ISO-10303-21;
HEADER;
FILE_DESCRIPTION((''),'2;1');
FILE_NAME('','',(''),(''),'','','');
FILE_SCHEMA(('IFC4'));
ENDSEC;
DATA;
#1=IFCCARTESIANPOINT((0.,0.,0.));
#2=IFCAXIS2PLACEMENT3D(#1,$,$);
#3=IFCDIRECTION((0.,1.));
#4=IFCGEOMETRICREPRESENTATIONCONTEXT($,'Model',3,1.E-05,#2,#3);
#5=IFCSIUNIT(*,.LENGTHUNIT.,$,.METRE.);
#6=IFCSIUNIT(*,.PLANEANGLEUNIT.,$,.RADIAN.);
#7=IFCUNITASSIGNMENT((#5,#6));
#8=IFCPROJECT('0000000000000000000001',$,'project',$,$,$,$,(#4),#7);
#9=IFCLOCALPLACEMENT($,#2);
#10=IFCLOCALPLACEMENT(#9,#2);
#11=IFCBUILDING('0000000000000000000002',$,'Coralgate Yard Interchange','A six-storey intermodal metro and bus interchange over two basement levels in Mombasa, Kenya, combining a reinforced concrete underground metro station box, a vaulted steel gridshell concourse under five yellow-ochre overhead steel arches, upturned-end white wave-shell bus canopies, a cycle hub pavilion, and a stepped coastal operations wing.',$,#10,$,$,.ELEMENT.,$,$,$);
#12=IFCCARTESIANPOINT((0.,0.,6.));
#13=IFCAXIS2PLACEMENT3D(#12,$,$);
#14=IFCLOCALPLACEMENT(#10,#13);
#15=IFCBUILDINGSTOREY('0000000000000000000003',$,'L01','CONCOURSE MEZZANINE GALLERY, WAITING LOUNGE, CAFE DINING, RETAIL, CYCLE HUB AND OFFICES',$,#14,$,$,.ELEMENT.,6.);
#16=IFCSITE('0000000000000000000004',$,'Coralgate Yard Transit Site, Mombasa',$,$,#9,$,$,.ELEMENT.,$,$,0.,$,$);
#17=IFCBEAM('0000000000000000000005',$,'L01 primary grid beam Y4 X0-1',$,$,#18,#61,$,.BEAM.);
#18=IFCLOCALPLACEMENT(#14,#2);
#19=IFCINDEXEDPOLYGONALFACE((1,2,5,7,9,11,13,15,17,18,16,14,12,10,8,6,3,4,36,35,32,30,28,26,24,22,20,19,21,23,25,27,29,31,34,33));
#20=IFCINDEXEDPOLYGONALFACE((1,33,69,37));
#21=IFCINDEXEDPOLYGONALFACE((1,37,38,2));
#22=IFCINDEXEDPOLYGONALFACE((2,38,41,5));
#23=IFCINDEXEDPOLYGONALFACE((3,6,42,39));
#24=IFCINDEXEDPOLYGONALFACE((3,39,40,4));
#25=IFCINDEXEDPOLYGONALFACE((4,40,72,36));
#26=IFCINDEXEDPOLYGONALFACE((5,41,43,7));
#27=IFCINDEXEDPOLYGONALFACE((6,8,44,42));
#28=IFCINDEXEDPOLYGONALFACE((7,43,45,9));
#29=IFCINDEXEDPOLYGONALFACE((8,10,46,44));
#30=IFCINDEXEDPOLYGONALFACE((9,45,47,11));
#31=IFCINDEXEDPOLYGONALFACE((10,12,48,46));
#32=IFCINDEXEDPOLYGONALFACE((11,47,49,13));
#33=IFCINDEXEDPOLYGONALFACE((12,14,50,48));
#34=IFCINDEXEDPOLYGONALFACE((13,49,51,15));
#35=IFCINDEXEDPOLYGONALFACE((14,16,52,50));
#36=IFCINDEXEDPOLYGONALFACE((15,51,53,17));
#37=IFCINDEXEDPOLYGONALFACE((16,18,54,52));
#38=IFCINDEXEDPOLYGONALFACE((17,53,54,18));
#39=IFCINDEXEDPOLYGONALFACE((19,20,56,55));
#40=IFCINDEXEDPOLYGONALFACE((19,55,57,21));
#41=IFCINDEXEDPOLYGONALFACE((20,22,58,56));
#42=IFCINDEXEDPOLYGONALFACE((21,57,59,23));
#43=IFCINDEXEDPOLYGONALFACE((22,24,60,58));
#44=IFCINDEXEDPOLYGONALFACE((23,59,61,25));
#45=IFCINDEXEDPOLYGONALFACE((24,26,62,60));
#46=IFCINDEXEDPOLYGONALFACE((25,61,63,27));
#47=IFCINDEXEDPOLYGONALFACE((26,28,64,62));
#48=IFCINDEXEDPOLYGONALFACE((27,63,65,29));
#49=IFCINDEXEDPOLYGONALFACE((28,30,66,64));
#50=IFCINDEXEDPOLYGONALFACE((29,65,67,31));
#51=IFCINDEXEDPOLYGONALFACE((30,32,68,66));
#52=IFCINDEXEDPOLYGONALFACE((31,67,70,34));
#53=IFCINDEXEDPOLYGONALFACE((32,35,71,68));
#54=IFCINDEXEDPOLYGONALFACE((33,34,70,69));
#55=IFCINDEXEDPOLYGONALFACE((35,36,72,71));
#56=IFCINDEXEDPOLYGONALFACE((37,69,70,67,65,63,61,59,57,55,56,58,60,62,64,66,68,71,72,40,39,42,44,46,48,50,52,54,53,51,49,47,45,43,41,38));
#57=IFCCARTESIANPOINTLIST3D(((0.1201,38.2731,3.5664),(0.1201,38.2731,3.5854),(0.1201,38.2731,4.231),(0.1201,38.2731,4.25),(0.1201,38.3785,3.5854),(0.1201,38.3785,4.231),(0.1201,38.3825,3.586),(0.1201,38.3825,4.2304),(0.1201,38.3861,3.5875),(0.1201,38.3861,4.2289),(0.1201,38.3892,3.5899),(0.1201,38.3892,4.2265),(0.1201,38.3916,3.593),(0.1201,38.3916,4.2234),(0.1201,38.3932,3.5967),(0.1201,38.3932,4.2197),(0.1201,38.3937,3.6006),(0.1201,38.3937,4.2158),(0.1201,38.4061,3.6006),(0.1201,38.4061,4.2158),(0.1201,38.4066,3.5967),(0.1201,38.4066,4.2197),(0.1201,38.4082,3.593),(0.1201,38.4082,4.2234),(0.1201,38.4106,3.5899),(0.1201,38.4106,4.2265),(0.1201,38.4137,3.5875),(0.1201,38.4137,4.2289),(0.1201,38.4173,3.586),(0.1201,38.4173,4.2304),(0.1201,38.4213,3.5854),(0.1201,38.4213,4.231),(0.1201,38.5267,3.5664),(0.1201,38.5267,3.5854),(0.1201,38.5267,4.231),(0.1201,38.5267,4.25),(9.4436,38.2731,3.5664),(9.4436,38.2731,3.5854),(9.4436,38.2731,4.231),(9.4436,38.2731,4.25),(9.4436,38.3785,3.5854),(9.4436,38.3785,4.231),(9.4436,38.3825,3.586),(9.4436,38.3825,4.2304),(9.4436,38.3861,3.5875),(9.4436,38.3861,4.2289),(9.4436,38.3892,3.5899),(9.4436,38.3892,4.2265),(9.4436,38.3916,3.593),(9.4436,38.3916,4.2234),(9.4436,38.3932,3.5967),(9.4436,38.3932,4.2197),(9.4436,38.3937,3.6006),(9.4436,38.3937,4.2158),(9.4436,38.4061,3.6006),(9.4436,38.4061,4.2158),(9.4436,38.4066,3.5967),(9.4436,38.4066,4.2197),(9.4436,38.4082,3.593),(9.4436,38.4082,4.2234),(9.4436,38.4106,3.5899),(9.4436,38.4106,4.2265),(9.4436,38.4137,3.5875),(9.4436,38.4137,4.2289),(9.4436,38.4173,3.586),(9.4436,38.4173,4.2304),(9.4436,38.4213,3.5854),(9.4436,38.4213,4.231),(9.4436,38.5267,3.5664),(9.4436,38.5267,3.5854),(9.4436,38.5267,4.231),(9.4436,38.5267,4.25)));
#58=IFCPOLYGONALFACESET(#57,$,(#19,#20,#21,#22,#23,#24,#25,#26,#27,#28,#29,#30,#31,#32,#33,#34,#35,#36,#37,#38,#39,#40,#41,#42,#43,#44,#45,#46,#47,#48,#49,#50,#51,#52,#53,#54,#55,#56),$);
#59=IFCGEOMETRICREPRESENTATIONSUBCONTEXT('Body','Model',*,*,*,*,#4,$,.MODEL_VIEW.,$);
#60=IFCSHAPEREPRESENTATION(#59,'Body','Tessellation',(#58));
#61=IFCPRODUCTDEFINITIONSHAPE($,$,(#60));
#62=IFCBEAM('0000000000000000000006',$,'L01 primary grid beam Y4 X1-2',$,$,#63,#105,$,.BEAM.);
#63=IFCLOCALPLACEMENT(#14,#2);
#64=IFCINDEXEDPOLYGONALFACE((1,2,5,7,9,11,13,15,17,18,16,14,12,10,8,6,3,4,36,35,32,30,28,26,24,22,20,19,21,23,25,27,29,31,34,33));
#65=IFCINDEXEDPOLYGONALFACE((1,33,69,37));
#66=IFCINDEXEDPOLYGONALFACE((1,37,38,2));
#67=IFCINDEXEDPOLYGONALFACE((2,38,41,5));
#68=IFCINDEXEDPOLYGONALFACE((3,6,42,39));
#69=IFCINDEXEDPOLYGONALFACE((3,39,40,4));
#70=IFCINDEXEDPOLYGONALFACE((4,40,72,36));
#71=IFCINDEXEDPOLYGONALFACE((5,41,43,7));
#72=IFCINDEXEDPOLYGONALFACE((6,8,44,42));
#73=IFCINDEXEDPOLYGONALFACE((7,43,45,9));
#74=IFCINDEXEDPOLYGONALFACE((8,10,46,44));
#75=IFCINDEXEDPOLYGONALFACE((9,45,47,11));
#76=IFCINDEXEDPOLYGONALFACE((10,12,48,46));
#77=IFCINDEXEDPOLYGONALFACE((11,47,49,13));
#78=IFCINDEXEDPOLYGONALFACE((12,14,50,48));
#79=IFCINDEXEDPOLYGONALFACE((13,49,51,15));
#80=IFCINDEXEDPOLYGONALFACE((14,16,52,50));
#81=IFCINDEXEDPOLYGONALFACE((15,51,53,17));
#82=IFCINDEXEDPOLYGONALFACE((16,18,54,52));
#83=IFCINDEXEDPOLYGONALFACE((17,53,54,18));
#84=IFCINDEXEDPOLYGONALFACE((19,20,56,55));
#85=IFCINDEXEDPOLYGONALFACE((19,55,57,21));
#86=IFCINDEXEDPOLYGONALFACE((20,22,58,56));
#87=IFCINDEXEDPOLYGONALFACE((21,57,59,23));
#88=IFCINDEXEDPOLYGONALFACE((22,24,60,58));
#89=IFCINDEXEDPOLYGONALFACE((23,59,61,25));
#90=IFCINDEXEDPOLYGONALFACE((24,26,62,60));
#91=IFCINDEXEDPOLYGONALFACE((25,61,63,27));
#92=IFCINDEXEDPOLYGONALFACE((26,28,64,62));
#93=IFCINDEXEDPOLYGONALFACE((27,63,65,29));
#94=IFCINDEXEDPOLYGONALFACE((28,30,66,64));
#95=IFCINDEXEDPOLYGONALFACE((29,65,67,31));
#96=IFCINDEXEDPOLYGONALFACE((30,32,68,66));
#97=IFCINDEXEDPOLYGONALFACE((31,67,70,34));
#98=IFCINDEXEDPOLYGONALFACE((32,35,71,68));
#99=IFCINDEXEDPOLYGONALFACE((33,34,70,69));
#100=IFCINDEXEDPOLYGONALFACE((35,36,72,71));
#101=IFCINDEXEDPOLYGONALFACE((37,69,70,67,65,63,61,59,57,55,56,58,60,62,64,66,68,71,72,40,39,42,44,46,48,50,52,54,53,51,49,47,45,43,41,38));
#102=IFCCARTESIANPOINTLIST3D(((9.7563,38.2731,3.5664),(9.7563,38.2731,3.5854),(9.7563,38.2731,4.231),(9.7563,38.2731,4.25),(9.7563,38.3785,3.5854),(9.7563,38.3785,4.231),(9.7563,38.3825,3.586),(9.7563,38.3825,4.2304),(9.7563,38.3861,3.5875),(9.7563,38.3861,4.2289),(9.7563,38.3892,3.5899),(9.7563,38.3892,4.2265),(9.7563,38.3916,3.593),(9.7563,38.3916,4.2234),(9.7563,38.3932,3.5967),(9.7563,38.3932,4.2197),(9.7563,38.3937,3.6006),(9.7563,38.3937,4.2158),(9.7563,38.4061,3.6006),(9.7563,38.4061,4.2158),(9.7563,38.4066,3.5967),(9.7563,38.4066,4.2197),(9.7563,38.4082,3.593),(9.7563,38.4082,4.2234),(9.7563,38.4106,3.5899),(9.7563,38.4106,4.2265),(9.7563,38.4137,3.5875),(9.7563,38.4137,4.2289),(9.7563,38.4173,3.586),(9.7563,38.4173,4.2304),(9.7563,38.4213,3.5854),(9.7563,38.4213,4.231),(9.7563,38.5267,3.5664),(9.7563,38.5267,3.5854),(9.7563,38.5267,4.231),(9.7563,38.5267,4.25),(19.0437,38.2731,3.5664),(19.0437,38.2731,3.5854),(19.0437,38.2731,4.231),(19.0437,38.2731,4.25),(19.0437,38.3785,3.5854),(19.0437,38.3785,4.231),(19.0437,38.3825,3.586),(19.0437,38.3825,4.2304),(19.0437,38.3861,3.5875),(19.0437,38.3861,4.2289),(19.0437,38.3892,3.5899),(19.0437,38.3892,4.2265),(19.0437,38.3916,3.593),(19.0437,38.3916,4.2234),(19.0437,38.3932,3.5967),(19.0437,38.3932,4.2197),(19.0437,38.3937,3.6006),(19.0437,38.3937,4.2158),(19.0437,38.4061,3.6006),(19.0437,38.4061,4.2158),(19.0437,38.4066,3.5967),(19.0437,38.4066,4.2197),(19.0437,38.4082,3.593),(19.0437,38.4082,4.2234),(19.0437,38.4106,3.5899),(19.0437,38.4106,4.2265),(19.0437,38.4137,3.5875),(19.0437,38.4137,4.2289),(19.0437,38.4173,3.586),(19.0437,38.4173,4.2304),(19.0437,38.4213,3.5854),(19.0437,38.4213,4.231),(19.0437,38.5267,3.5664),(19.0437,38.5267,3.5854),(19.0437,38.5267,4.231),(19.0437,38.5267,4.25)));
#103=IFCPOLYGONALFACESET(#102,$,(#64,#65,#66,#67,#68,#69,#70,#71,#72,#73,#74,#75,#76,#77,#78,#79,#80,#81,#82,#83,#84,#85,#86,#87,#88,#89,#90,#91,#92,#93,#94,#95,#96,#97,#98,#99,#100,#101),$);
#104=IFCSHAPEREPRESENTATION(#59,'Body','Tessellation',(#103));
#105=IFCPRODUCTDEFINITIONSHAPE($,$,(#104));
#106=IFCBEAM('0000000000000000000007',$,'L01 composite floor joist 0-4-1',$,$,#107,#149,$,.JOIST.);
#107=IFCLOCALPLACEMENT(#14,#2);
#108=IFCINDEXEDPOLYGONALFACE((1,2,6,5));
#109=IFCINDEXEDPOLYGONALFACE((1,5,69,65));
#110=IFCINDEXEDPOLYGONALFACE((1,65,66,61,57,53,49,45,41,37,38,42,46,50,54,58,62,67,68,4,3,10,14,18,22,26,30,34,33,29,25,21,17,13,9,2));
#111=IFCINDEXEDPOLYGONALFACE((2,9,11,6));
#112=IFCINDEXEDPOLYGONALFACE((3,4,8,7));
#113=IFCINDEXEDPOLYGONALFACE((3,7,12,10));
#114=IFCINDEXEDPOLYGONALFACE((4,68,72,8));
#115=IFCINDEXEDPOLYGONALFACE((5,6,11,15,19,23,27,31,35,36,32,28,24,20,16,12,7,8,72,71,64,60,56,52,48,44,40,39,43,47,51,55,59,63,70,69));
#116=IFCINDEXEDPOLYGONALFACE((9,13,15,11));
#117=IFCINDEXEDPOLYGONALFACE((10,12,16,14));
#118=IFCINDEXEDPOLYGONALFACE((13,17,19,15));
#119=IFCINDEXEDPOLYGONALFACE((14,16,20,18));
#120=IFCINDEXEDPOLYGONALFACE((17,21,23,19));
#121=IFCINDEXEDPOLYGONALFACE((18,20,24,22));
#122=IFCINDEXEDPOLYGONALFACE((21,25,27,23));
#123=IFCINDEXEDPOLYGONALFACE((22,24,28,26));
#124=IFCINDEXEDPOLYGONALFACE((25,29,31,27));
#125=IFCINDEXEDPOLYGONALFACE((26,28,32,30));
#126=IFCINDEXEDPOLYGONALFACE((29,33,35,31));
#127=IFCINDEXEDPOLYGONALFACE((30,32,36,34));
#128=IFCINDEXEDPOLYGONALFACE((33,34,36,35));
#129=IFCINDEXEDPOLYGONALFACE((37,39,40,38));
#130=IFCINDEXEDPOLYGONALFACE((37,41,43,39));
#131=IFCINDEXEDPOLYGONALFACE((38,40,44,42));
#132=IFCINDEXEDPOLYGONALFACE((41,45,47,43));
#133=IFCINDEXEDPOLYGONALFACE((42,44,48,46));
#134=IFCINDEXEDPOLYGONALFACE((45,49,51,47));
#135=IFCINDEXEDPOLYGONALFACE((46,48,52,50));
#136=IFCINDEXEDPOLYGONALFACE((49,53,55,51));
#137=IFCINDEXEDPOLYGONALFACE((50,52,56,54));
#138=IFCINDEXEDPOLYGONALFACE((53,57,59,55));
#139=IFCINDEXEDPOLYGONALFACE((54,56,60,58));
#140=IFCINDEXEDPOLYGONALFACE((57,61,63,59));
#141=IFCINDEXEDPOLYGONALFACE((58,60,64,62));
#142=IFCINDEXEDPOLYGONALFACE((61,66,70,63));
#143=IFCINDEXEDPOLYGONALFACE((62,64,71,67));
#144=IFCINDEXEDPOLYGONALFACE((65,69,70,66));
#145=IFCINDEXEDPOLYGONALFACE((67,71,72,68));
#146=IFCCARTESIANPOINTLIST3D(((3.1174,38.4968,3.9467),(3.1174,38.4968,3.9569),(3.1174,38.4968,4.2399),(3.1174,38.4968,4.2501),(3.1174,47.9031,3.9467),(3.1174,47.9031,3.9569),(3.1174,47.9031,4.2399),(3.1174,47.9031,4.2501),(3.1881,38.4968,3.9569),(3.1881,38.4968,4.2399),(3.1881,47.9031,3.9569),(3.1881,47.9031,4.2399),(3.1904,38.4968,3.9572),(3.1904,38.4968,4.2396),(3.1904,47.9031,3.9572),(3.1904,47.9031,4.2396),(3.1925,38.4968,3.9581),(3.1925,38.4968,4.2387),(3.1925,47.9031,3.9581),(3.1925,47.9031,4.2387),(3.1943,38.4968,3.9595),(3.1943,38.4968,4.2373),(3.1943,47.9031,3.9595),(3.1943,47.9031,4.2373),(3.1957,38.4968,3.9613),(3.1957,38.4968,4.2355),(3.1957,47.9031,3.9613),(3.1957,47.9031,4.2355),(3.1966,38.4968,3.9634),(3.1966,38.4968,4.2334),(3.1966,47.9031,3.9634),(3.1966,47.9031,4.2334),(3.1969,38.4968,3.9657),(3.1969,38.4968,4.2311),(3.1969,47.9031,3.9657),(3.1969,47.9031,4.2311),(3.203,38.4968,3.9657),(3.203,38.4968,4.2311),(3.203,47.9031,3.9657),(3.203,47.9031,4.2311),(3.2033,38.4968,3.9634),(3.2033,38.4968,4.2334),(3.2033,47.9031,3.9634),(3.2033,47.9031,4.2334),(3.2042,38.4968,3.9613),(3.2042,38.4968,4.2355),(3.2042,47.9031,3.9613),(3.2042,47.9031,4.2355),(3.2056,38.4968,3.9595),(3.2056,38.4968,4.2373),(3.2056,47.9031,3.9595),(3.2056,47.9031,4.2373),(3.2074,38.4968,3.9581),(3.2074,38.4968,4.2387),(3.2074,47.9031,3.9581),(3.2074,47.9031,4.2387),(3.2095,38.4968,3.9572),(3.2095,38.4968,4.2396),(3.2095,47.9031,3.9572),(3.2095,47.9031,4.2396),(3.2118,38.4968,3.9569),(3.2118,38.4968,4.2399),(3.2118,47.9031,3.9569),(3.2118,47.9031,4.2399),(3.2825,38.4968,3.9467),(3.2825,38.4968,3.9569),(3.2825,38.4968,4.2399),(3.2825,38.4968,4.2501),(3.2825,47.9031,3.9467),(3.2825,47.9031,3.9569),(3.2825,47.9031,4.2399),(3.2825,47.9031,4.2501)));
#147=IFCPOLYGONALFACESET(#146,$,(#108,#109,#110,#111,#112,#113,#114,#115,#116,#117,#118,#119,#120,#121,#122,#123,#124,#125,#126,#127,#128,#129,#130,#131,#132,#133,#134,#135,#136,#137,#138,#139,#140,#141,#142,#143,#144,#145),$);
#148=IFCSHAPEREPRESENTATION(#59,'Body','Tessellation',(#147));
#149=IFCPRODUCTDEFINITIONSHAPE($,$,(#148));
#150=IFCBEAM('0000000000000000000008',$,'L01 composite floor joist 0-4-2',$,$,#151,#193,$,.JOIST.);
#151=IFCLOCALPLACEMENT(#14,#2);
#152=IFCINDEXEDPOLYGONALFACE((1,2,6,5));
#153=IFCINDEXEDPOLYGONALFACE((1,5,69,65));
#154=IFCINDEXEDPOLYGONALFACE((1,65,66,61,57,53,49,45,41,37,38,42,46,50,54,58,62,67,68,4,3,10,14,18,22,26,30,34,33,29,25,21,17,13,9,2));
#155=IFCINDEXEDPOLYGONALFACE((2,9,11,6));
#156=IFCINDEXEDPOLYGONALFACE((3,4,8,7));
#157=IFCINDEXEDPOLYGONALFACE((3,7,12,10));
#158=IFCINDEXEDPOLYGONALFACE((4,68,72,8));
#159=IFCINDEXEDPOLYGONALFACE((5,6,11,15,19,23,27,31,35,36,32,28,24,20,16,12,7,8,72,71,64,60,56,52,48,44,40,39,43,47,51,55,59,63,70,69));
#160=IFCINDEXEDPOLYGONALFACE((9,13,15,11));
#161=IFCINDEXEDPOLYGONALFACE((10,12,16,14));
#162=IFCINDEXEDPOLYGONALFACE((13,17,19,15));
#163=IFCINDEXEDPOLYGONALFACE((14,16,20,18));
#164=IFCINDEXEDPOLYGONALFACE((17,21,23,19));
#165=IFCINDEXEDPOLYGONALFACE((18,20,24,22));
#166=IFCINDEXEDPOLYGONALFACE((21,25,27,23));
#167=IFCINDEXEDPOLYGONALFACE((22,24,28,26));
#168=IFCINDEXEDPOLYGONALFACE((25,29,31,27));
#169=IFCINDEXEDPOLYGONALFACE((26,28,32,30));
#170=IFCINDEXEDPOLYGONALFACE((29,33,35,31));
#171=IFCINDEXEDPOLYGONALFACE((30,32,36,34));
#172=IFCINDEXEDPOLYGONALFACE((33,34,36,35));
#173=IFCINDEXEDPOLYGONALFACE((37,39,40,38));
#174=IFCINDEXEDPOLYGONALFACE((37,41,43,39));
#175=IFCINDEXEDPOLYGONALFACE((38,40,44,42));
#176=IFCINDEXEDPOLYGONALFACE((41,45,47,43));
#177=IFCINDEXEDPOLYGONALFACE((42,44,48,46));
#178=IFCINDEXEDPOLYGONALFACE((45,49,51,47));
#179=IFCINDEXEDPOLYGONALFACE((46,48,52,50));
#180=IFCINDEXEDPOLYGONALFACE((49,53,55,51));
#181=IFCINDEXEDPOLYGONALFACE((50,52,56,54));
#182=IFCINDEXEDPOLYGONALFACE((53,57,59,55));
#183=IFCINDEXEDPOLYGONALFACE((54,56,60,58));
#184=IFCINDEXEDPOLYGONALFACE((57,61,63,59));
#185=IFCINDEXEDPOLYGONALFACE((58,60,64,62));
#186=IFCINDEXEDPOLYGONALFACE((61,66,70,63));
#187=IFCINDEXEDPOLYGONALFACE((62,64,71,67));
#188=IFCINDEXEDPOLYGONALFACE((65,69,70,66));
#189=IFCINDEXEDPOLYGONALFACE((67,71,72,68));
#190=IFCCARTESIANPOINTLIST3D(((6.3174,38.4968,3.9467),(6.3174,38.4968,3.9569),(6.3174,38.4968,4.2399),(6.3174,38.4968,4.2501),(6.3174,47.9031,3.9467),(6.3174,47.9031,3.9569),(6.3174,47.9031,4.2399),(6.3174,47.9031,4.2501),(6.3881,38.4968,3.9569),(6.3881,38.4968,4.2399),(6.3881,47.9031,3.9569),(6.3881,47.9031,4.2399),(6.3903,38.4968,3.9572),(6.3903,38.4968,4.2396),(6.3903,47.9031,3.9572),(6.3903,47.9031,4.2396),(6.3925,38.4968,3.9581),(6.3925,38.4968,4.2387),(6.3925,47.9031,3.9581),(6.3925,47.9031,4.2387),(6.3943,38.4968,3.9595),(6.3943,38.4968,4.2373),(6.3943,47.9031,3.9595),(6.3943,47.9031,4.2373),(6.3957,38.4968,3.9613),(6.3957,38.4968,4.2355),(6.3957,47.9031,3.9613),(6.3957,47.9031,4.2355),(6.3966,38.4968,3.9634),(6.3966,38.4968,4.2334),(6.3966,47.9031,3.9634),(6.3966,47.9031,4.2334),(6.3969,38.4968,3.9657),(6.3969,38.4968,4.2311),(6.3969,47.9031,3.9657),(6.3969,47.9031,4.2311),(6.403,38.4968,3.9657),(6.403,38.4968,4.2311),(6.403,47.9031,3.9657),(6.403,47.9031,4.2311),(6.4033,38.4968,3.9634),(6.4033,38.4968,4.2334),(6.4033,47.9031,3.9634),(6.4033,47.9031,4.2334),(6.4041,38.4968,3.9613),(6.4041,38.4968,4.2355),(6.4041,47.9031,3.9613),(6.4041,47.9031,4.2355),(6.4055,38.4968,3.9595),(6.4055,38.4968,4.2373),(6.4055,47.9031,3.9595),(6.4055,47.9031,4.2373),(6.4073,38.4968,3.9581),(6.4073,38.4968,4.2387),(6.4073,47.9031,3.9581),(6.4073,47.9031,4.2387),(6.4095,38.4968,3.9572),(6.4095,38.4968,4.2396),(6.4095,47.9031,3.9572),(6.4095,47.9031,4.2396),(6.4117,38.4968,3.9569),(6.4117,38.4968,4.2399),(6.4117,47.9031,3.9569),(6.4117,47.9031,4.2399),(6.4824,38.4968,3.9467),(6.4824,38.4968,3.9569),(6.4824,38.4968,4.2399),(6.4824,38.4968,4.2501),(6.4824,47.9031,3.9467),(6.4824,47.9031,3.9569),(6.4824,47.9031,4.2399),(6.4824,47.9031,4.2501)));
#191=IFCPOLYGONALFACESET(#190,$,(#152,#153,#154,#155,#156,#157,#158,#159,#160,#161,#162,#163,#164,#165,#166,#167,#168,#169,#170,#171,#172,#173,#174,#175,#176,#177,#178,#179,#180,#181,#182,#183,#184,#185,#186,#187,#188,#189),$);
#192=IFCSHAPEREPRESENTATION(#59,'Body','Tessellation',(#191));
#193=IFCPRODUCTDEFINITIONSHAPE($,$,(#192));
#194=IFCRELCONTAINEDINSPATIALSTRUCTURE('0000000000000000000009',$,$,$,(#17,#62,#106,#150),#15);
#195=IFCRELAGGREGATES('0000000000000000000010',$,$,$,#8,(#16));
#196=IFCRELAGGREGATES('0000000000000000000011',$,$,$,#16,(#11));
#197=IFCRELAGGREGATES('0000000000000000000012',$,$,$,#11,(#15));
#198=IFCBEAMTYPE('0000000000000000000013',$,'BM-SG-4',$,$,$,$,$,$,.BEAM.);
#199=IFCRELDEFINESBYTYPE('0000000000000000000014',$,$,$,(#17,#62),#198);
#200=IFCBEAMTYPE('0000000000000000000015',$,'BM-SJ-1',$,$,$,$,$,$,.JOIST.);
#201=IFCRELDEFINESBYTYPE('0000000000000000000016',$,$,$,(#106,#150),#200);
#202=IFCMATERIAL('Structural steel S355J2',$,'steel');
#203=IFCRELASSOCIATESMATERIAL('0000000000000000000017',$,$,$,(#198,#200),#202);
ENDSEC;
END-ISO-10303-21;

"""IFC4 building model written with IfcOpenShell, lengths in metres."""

from ifc_helpers import new_model, si_unit, direction, frame, origin, origin_2d, place, context, subcontext, project, spatial, i_section, extrude, material, material_profile, profile_set, type_object, element, save


model = new_model("IFC4")

# Units and contexts
model_context = context("Model", 3, precision=1e-05, world=origin(), true_north=direction((0.0, 1.0)))
body_context = subcontext(model_context, "Body", "Model", "MODEL_VIEW")
ifc_project = project(units=[si_unit("LENGTHUNIT", "METRE"), si_unit("PLANEANGLEUNIT", "RADIAN")], contexts=[model_context])

# Site, building, storey
site_placement = place(None, origin())
site = spatial("IfcSite", under=ifc_project, at=site_placement, Name="Coralgate Yard Transit Site, Mombasa", CompositionType="ELEMENT", RefElevation=0.0)
building_placement = place(site_placement, origin())
building = spatial("IfcBuilding", under=site, at=building_placement, Name="Coralgate Yard Interchange", Description="A six-storey intermodal metro and bus interchange over two basement levels in Mombasa, Kenya, combining a reinforced concrete underground metro station box, a vaulted steel gridshell concourse under five yellow-ochre overhead steel arches, upturned-end white wave-shell bus canopies, a cycle hub pavilion, and a stepped coastal operations wing.", CompositionType="ELEMENT")
storey_placement = place(building_placement, frame((0.0, 0.0, 6.0)))
storey = spatial("IfcBuildingStorey", under=building, at=storey_placement, Name="L01", Description="CONCOURSE MEZZANINE GALLERY, WAITING LOUNGE, CAFE DINING, RETAIL, CYCLE HUB AND OFFICES", CompositionType="ELEMENT", Elevation=6.0)

# Shared definitions
ifc_material_1 = material(Name="Structural steel S355J2", Category="steel")

# Beams
ifc_material_profile_1 = material_profile(ifc_material_1, i_section(OverallWidth=0.2537, OverallDepth=0.6836, WebThickness=0.0125, FlangeThickness=0.019, FilletRadius=0.0151, at=origin_2d()), Name="UB 686x254x140")
ifc_profile_set_1 = profile_set([ifc_material_profile_1], Name="Structural steel S355J2")
beam_type_1 = type_object("IfcBeamType", Name="BM-SG-4", PredefinedType="BEAM", material=ifc_profile_set_1)
beam_1_placement = place(storey_placement, frame((0.1201, 38.3999, 3.9082), z_axis=(1.0, 0.0, 0.0), x_axis=(0.0, 1.0, 0.0)))
element("IfcBeam", 1, at=beam_1_placement, inside=storey, type_object=beam_type_1, Name="L01 primary grid beam Y4 X0-1", PredefinedType="BEAM", context=body_context, shape_type="SweptSolid", body=[
    extrude(i_section(OverallWidth=0.2537, OverallDepth=0.6836, WebThickness=0.0125, FlangeThickness=0.019, FilletRadius=0.0151, at=origin_2d()), origin(), (0.0, 0.0, 1.0), 9.3235),
])
beam_2_placement = place(storey_placement, frame((9.7563, 38.3999, 3.9082), z_axis=(1.0, 0.0, 0.0), x_axis=(0.0, 1.0, 0.0)))
element("IfcBeam", 2, at=beam_2_placement, inside=storey, type_object=beam_type_1, Name="L01 primary grid beam Y4 X1-2", PredefinedType="BEAM", context=body_context, shape_type="SweptSolid", body=[
    extrude(i_section(OverallWidth=0.2537, OverallDepth=0.6836, WebThickness=0.0125, FlangeThickness=0.019, FilletRadius=0.0151, at=origin_2d()), origin(), (0.0, 0.0, 1.0), 9.2874),
])
ifc_material_profile_2 = material_profile(ifc_material_1, i_section(OverallWidth=0.165, OverallDepth=0.3035, WebThickness=0.0061, FlangeThickness=0.0103, FilletRadius=0.0088, at=origin_2d()), Name="UB 305x165x40")
ifc_profile_set_2 = profile_set([ifc_material_profile_2], Name="Structural steel S355J2")
beam_type_2 = type_object("IfcBeamType", Name="BM-SJ-1", PredefinedType="JOIST", material=ifc_profile_set_2)
for number, where, z_axis, x_axis, name in (
    (3, (3.2, 38.4968, 4.0984), (0.0, 1.0, 0.0), (-1.0, 0.0, 0.0), "L01 composite floor joist 0-4-1"),
    (4, (6.3999, 38.4968, 4.0984), (0.0, 1.0, 0.0), (-1.0, 0.0, 0.0), "L01 composite floor joist 0-4-2"),
):
    element("IfcBeam", number, at=place(storey_placement, frame(where, z_axis=z_axis, x_axis=x_axis)), inside=storey, type_object=beam_type_2, Name=name, PredefinedType="JOIST", context=body_context, shape_type="SweptSolid", body=[
        extrude(i_section(OverallWidth=0.165, OverallDepth=0.3035, WebThickness=0.0061, FlangeThickness=0.0103, FilletRadius=0.0088, at=origin_2d()), origin(), (0.0, 0.0, 1.0), 9.4062),
    ])

save(model, "model.ifc")
